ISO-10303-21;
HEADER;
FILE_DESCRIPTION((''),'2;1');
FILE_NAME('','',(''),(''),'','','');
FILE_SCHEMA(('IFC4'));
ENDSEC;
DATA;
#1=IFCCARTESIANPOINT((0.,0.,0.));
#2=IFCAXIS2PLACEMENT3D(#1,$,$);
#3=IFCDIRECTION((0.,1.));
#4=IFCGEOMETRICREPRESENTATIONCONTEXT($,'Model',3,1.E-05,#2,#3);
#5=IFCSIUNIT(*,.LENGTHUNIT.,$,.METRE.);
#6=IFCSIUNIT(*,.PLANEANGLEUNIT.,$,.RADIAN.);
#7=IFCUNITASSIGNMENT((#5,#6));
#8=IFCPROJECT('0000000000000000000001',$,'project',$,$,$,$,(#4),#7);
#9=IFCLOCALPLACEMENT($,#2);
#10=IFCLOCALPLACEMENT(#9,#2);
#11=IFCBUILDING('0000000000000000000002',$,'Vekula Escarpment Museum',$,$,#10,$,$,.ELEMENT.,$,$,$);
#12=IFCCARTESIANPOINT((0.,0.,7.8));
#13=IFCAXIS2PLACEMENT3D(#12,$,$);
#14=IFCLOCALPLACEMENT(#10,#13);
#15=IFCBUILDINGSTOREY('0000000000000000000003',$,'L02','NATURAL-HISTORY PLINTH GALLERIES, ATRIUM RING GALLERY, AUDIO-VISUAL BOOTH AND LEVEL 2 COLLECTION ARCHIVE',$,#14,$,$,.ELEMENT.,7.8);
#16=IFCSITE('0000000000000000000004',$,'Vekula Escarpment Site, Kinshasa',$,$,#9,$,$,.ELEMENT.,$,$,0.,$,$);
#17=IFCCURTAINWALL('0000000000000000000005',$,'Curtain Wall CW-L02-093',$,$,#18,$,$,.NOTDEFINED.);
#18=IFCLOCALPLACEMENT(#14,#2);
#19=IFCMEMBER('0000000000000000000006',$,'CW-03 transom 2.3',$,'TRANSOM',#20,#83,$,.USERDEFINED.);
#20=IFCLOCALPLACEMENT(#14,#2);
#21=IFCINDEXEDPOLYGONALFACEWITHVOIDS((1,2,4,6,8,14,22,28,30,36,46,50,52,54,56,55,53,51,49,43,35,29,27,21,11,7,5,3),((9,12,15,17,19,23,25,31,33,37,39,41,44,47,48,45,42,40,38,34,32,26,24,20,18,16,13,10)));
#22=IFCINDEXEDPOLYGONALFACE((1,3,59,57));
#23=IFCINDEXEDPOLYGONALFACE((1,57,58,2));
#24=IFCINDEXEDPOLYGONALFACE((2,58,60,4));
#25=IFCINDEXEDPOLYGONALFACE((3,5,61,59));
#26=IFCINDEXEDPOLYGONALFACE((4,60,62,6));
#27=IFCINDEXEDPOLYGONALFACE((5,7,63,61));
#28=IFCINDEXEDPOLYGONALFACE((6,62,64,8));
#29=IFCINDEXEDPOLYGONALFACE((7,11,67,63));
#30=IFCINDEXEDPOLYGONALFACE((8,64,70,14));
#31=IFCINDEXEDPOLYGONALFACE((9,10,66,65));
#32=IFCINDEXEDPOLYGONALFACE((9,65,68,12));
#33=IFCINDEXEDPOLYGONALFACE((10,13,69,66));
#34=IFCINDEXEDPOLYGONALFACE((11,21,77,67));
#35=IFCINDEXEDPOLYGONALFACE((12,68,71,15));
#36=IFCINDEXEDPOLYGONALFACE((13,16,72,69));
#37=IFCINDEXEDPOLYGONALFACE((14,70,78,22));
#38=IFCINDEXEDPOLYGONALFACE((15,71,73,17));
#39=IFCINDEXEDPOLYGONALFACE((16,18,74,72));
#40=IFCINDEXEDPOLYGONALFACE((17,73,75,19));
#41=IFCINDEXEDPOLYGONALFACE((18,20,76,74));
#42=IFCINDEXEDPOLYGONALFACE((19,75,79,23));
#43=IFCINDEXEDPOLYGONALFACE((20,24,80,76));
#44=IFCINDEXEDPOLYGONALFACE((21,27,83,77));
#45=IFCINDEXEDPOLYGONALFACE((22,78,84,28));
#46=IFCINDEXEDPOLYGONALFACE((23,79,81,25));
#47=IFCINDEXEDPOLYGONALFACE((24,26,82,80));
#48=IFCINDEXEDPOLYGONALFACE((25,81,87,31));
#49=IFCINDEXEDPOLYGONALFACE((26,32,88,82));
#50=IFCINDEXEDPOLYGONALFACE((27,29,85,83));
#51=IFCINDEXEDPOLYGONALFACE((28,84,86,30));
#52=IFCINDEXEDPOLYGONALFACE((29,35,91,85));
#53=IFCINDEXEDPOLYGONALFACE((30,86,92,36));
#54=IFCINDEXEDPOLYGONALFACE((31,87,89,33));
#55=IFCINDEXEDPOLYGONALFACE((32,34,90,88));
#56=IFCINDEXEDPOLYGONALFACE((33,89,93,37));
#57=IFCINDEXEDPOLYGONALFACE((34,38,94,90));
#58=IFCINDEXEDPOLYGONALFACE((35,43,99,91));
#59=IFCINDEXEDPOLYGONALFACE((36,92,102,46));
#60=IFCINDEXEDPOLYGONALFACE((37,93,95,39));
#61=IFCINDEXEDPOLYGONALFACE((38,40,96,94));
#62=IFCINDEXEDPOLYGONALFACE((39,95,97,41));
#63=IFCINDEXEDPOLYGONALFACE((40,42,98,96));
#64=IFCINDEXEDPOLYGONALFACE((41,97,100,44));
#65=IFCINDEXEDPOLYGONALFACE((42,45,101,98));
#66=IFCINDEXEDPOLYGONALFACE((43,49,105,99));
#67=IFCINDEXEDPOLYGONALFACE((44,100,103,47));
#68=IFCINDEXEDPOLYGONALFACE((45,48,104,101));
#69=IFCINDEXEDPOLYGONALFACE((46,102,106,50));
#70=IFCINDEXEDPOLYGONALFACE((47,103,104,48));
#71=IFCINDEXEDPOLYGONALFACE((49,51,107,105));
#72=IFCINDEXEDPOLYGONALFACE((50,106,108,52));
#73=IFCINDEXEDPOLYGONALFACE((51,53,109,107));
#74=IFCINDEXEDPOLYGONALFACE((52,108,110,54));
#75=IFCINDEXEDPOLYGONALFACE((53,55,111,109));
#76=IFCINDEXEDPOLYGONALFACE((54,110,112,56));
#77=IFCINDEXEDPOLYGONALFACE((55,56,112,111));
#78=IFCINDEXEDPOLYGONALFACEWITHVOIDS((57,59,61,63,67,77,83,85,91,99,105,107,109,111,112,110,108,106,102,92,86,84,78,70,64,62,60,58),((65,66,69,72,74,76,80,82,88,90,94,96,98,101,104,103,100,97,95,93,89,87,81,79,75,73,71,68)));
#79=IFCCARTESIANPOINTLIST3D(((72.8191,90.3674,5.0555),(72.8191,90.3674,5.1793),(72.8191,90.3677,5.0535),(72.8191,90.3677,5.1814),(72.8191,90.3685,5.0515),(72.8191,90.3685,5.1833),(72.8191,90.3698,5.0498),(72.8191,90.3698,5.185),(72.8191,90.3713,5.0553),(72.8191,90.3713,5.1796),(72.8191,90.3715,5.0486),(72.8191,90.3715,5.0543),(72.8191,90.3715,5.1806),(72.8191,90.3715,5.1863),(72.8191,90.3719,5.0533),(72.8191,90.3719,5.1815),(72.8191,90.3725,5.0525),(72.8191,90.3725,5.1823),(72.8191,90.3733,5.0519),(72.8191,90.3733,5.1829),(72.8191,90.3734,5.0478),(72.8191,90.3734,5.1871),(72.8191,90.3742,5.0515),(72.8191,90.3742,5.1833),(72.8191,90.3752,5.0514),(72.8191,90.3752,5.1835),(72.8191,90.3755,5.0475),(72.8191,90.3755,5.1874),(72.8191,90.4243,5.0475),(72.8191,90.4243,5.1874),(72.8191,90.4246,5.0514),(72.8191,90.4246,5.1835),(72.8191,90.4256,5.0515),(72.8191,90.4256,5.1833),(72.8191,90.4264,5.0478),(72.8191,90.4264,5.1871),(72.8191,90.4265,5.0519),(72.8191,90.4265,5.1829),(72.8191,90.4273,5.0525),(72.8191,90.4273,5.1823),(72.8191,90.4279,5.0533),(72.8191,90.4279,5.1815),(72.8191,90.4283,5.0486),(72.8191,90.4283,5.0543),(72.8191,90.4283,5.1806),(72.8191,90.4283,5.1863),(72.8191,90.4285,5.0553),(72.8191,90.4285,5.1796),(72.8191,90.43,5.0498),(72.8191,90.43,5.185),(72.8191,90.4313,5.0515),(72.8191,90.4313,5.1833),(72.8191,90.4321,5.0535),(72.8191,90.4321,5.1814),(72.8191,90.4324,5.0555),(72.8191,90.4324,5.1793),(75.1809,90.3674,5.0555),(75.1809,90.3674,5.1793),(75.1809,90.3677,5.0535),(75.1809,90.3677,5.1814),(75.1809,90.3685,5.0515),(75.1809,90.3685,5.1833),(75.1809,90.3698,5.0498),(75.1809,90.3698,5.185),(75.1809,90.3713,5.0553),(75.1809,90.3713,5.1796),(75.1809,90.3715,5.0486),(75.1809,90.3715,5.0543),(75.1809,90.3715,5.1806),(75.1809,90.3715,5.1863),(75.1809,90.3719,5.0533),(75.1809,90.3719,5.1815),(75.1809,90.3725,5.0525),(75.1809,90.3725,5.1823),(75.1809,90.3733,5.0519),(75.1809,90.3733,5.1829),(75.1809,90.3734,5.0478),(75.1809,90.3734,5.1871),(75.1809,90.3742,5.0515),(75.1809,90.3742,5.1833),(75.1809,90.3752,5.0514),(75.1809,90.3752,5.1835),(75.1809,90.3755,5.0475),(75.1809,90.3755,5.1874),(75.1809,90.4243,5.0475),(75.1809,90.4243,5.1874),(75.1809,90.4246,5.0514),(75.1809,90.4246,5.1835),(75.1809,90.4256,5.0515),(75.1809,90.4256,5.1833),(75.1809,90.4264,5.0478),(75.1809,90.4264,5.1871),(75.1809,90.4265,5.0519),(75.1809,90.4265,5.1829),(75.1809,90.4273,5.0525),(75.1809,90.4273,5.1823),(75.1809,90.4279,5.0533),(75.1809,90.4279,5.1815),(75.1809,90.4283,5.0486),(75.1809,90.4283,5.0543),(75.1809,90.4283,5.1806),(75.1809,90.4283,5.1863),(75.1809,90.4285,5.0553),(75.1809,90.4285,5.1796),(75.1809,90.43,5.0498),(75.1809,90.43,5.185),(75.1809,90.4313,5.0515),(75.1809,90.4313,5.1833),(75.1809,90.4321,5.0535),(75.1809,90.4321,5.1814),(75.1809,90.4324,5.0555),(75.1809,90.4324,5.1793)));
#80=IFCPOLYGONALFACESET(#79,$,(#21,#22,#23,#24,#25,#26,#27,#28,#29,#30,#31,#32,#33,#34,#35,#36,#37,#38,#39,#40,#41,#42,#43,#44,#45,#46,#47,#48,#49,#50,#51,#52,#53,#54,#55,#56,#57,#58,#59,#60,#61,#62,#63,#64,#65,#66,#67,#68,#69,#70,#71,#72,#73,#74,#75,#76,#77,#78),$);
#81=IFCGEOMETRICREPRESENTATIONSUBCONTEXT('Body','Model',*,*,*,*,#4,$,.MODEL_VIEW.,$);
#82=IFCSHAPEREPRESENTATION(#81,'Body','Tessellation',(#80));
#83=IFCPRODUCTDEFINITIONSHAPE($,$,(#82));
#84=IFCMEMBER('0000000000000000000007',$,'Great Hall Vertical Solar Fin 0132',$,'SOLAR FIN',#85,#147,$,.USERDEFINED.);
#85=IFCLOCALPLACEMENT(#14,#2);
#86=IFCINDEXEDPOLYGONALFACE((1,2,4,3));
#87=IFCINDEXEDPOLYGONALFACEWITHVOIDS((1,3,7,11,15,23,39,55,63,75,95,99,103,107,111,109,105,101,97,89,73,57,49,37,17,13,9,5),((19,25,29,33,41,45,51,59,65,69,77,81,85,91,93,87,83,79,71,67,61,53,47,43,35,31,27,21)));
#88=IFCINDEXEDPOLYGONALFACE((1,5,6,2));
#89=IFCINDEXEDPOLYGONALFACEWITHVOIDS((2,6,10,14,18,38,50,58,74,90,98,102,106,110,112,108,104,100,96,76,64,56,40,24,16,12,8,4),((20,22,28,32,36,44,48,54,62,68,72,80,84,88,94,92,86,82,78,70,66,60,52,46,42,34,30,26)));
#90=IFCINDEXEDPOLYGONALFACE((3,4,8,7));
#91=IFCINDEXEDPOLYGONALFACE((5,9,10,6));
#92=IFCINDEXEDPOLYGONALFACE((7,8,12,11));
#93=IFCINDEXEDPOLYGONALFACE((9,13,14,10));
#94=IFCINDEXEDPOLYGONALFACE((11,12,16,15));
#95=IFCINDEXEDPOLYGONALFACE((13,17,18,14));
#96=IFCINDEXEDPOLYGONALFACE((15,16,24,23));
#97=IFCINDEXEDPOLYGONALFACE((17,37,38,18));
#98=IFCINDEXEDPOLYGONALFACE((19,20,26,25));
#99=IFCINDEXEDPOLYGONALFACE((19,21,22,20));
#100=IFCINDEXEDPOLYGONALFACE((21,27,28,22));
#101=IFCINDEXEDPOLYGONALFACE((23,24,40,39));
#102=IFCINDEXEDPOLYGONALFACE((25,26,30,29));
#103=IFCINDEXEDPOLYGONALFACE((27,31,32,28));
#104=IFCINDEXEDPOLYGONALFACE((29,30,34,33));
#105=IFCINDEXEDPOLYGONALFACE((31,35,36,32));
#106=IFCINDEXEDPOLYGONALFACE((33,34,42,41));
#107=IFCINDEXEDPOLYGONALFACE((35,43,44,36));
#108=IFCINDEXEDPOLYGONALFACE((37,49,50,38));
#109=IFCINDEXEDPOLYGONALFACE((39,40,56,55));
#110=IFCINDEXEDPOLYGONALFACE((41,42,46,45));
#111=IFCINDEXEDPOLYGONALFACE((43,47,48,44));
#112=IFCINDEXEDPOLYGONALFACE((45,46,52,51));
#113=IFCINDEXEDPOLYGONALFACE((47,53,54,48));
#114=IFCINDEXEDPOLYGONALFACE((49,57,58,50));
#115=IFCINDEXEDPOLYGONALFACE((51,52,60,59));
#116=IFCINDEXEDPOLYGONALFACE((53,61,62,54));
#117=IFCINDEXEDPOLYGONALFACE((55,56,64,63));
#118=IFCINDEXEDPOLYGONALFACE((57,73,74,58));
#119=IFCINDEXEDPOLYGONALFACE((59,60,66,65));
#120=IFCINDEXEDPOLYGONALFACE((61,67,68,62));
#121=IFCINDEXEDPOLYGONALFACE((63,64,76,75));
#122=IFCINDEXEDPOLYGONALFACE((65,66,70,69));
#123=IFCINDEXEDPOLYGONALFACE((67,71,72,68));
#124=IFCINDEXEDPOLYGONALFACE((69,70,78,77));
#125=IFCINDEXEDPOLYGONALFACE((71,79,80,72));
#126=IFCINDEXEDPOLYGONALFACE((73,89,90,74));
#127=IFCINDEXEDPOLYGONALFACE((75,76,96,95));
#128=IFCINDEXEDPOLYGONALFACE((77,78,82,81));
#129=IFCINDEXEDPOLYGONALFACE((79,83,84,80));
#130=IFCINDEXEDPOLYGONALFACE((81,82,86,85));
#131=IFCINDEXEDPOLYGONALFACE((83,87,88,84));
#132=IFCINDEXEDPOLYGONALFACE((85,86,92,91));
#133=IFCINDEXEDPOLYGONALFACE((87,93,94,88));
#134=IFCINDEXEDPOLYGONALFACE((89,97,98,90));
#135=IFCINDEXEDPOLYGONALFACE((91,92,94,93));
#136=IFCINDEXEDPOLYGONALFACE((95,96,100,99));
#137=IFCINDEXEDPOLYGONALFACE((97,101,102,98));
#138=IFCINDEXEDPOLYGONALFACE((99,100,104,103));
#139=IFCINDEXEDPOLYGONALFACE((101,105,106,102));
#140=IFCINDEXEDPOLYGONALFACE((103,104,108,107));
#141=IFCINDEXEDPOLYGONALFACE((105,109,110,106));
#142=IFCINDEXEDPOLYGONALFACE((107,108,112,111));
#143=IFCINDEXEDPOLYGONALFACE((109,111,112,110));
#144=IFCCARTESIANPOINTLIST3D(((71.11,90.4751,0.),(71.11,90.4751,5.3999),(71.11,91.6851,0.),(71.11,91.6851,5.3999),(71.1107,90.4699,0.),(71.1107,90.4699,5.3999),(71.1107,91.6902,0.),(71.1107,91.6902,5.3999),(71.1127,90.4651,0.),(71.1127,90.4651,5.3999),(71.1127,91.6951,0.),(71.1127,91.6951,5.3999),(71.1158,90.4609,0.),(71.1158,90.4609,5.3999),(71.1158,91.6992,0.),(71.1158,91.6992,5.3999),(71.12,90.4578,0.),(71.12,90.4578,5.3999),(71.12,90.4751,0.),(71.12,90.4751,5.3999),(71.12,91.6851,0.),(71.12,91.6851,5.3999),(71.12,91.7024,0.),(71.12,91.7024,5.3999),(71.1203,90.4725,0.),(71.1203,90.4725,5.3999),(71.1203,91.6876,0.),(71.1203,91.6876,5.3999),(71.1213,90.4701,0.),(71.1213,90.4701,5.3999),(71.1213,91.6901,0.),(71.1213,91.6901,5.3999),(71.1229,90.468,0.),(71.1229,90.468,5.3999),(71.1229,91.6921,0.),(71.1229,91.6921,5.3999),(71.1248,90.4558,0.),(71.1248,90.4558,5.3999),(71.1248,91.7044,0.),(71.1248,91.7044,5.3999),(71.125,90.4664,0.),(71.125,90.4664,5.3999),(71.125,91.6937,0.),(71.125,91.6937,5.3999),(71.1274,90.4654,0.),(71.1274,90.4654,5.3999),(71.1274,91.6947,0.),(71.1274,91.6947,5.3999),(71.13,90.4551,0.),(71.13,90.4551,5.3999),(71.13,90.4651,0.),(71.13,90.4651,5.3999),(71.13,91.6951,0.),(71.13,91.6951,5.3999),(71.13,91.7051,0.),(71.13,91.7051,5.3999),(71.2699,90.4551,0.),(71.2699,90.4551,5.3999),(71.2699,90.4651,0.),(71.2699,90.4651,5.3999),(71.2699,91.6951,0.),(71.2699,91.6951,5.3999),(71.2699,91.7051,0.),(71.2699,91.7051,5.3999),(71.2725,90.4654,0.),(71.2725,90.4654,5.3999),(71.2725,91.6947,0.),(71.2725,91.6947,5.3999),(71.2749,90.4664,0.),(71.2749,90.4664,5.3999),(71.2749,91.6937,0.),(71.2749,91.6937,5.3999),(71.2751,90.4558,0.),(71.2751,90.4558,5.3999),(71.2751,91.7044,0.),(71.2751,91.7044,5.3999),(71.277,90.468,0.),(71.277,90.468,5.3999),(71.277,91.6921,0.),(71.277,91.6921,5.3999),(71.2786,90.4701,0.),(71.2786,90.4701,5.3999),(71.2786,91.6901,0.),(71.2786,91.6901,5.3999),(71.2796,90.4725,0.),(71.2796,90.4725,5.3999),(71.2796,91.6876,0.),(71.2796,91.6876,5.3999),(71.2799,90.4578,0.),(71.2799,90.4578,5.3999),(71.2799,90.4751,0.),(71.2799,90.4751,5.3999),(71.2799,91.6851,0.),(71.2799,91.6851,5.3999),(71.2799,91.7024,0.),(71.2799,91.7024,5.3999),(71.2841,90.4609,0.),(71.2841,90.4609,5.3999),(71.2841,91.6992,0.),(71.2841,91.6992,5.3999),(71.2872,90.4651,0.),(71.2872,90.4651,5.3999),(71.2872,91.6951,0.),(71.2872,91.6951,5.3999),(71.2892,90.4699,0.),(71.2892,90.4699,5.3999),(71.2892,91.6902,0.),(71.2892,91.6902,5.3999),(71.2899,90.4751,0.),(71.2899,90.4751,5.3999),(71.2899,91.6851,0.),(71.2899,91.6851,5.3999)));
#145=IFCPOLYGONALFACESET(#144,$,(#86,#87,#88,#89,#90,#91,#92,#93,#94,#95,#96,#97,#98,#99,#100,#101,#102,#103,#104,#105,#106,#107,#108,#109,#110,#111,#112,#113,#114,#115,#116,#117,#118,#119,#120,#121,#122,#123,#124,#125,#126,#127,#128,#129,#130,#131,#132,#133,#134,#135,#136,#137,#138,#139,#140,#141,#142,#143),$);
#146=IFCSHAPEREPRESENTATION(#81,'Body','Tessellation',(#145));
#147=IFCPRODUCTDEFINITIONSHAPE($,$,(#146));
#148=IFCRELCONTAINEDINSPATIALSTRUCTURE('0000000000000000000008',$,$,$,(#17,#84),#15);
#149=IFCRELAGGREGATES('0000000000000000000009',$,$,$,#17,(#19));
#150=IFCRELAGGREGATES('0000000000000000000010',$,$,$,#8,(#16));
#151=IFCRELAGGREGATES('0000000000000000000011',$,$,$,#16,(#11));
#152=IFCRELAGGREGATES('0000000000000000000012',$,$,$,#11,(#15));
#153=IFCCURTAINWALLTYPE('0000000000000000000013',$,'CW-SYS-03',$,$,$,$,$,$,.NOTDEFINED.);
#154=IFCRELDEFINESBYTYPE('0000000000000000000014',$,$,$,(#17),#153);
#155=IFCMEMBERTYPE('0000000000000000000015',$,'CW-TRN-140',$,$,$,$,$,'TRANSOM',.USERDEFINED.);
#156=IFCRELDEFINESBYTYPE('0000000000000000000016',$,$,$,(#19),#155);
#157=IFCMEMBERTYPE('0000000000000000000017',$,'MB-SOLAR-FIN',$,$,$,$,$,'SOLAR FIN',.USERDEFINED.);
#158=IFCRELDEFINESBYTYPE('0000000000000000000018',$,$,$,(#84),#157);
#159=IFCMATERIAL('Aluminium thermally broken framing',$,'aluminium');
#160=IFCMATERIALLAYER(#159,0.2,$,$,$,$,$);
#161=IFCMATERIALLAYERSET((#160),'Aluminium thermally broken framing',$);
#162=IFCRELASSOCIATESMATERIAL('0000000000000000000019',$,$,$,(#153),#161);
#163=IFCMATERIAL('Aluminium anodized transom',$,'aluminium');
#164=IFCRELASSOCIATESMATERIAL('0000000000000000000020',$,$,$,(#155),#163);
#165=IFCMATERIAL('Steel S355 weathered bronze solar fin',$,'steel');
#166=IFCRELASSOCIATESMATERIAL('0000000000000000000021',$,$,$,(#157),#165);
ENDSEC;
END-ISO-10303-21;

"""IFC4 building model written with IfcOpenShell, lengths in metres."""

from ifc_helpers import new_model, si_unit, direction, frame, origin, origin_2d, place, context, subcontext, project, spatial, hollow_rectangle, extrude, material, layer, layer_set, material_profile, profile_set, type_object, element, aggregate, save


model = new_model("IFC4")

# Units and contexts
model_context = context("Model", 3, precision=1e-05, world=origin(), true_north=direction((0.0, 1.0)))
body_context = subcontext(model_context, "Body", "Model", "MODEL_VIEW")
ifc_project = project(units=[si_unit("LENGTHUNIT", "METRE"), si_unit("PLANEANGLEUNIT", "RADIAN")], contexts=[model_context])

# Site, building, storey
site_placement = place(None, origin())
site = spatial("IfcSite", under=ifc_project, at=site_placement, Name="Vekula Escarpment Site, Kinshasa", CompositionType="ELEMENT", RefElevation=0.0)
building_placement = place(site_placement, origin())
building = spatial("IfcBuilding", under=site, at=building_placement, Name="Vekula Escarpment Museum", CompositionType="ELEMENT")
storey_placement = place(building_placement, frame((0.0, 0.0, 7.8)))
storey = spatial("IfcBuildingStorey", under=building, at=storey_placement, Name="L02", Description="NATURAL-HISTORY PLINTH GALLERIES, ATRIUM RING GALLERY, AUDIO-VISUAL BOOTH AND LEVEL 2 COLLECTION ARCHIVE", CompositionType="ELEMENT", Elevation=7.8)

# Curtain wall
ifc_material_1 = material(Name="Aluminium thermally broken framing", Category="aluminium")
ifc_layer_1 = layer(ifc_material_1, 0.2)
ifc_layer_set_1 = layer_set([ifc_layer_1], Name="Aluminium thermally broken framing")
curtain_wall_type_1 = type_object("IfcCurtainWallType", Name="CW-SYS-03", PredefinedType="NOTDEFINED", material=ifc_layer_set_1)
curtain_wall_1_placement = place(storey_placement, origin())
curtain_wall_1 = element("IfcCurtainWall", 1, at=curtain_wall_1_placement, inside=storey, type_object=curtain_wall_type_1, Name="Curtain Wall CW-L02-093", PredefinedType="NOTDEFINED")

# Member
ifc_material_2 = material(Name="Aluminium anodized transom", Category="aluminium")
ifc_material_profile_1 = material_profile(ifc_material_2, hollow_rectangle(XDim=0.0649, YDim=0.1399, WallThickness=0.0039, InnerFilletRadius=0.0039, OuterFilletRadius=0.0081, at=origin_2d()), Name="ALU 140x65x4")
ifc_profile_set_1 = profile_set([ifc_material_profile_1], Name="Aluminium anodized transom")
member_type_1 = type_object("IfcMemberType", Name="CW-TRN-140", ElementType="TRANSOM", PredefinedType="USERDEFINED", material=ifc_profile_set_1)
member_1_placement = place(storey_placement, frame((75.1809, 90.3999, 5.1174), z_axis=(-1.0, 0.0, 0.0), x_axis=(0.0, -1.0, 0.0)))
member_1 = element("IfcMember", 2, at=member_1_placement, type_object=member_type_1, Name="CW-03 transom 2.3", ObjectType="TRANSOM", PredefinedType="USERDEFINED", context=body_context, shape_type="SweptSolid", body=[
    extrude(hollow_rectangle(XDim=0.0649, YDim=0.1399, WallThickness=0.0039, InnerFilletRadius=0.0039, OuterFilletRadius=0.0081, at=origin_2d()), origin(), (0.0, 0.0, 1.0), 2.3618),
])

# Member
ifc_material_3 = material(Name="Steel S355 weathered bronze solar fin", Category="steel")
ifc_material_profile_2 = material_profile(ifc_material_3, hollow_rectangle(XDim=0.1799, YDim=1.25, WallThickness=0.01, InnerFilletRadius=0.01, OuterFilletRadius=0.02, at=origin_2d()), Name="RHS 1250x180x10")
ifc_profile_set_2 = profile_set([ifc_material_profile_2], Name="Steel S355 weathered bronze solar fin")
member_type_2 = type_object("IfcMemberType", Name="MB-SOLAR-FIN", ElementType="SOLAR FIN", PredefinedType="USERDEFINED", material=ifc_profile_set_2)
for number, where, z_axis, x_axis, name in (
    (3, (71.2, 91.0801, 0.0), (0.0, 0.0, 1.0), (1.0, 0.0, 0.0), "Great Hall Vertical Solar Fin 0132"),
):
    element("IfcMember", number, at=place(storey_placement, frame(where, z_axis=z_axis, x_axis=x_axis)), inside=storey, type_object=member_type_2, Name=name, ObjectType="SOLAR FIN", PredefinedType="USERDEFINED", context=body_context, shape_type="SweptSolid", body=[
        extrude(hollow_rectangle(XDim=0.1799, YDim=1.25, WallThickness=0.01, InnerFilletRadius=0.01, OuterFilletRadius=0.02, at=origin_2d()), origin(), (0.0, 0.0, 1.0), 5.3999),
    ])

aggregate(curtain_wall_1, [member_1])

save(model, "model.ifc")
